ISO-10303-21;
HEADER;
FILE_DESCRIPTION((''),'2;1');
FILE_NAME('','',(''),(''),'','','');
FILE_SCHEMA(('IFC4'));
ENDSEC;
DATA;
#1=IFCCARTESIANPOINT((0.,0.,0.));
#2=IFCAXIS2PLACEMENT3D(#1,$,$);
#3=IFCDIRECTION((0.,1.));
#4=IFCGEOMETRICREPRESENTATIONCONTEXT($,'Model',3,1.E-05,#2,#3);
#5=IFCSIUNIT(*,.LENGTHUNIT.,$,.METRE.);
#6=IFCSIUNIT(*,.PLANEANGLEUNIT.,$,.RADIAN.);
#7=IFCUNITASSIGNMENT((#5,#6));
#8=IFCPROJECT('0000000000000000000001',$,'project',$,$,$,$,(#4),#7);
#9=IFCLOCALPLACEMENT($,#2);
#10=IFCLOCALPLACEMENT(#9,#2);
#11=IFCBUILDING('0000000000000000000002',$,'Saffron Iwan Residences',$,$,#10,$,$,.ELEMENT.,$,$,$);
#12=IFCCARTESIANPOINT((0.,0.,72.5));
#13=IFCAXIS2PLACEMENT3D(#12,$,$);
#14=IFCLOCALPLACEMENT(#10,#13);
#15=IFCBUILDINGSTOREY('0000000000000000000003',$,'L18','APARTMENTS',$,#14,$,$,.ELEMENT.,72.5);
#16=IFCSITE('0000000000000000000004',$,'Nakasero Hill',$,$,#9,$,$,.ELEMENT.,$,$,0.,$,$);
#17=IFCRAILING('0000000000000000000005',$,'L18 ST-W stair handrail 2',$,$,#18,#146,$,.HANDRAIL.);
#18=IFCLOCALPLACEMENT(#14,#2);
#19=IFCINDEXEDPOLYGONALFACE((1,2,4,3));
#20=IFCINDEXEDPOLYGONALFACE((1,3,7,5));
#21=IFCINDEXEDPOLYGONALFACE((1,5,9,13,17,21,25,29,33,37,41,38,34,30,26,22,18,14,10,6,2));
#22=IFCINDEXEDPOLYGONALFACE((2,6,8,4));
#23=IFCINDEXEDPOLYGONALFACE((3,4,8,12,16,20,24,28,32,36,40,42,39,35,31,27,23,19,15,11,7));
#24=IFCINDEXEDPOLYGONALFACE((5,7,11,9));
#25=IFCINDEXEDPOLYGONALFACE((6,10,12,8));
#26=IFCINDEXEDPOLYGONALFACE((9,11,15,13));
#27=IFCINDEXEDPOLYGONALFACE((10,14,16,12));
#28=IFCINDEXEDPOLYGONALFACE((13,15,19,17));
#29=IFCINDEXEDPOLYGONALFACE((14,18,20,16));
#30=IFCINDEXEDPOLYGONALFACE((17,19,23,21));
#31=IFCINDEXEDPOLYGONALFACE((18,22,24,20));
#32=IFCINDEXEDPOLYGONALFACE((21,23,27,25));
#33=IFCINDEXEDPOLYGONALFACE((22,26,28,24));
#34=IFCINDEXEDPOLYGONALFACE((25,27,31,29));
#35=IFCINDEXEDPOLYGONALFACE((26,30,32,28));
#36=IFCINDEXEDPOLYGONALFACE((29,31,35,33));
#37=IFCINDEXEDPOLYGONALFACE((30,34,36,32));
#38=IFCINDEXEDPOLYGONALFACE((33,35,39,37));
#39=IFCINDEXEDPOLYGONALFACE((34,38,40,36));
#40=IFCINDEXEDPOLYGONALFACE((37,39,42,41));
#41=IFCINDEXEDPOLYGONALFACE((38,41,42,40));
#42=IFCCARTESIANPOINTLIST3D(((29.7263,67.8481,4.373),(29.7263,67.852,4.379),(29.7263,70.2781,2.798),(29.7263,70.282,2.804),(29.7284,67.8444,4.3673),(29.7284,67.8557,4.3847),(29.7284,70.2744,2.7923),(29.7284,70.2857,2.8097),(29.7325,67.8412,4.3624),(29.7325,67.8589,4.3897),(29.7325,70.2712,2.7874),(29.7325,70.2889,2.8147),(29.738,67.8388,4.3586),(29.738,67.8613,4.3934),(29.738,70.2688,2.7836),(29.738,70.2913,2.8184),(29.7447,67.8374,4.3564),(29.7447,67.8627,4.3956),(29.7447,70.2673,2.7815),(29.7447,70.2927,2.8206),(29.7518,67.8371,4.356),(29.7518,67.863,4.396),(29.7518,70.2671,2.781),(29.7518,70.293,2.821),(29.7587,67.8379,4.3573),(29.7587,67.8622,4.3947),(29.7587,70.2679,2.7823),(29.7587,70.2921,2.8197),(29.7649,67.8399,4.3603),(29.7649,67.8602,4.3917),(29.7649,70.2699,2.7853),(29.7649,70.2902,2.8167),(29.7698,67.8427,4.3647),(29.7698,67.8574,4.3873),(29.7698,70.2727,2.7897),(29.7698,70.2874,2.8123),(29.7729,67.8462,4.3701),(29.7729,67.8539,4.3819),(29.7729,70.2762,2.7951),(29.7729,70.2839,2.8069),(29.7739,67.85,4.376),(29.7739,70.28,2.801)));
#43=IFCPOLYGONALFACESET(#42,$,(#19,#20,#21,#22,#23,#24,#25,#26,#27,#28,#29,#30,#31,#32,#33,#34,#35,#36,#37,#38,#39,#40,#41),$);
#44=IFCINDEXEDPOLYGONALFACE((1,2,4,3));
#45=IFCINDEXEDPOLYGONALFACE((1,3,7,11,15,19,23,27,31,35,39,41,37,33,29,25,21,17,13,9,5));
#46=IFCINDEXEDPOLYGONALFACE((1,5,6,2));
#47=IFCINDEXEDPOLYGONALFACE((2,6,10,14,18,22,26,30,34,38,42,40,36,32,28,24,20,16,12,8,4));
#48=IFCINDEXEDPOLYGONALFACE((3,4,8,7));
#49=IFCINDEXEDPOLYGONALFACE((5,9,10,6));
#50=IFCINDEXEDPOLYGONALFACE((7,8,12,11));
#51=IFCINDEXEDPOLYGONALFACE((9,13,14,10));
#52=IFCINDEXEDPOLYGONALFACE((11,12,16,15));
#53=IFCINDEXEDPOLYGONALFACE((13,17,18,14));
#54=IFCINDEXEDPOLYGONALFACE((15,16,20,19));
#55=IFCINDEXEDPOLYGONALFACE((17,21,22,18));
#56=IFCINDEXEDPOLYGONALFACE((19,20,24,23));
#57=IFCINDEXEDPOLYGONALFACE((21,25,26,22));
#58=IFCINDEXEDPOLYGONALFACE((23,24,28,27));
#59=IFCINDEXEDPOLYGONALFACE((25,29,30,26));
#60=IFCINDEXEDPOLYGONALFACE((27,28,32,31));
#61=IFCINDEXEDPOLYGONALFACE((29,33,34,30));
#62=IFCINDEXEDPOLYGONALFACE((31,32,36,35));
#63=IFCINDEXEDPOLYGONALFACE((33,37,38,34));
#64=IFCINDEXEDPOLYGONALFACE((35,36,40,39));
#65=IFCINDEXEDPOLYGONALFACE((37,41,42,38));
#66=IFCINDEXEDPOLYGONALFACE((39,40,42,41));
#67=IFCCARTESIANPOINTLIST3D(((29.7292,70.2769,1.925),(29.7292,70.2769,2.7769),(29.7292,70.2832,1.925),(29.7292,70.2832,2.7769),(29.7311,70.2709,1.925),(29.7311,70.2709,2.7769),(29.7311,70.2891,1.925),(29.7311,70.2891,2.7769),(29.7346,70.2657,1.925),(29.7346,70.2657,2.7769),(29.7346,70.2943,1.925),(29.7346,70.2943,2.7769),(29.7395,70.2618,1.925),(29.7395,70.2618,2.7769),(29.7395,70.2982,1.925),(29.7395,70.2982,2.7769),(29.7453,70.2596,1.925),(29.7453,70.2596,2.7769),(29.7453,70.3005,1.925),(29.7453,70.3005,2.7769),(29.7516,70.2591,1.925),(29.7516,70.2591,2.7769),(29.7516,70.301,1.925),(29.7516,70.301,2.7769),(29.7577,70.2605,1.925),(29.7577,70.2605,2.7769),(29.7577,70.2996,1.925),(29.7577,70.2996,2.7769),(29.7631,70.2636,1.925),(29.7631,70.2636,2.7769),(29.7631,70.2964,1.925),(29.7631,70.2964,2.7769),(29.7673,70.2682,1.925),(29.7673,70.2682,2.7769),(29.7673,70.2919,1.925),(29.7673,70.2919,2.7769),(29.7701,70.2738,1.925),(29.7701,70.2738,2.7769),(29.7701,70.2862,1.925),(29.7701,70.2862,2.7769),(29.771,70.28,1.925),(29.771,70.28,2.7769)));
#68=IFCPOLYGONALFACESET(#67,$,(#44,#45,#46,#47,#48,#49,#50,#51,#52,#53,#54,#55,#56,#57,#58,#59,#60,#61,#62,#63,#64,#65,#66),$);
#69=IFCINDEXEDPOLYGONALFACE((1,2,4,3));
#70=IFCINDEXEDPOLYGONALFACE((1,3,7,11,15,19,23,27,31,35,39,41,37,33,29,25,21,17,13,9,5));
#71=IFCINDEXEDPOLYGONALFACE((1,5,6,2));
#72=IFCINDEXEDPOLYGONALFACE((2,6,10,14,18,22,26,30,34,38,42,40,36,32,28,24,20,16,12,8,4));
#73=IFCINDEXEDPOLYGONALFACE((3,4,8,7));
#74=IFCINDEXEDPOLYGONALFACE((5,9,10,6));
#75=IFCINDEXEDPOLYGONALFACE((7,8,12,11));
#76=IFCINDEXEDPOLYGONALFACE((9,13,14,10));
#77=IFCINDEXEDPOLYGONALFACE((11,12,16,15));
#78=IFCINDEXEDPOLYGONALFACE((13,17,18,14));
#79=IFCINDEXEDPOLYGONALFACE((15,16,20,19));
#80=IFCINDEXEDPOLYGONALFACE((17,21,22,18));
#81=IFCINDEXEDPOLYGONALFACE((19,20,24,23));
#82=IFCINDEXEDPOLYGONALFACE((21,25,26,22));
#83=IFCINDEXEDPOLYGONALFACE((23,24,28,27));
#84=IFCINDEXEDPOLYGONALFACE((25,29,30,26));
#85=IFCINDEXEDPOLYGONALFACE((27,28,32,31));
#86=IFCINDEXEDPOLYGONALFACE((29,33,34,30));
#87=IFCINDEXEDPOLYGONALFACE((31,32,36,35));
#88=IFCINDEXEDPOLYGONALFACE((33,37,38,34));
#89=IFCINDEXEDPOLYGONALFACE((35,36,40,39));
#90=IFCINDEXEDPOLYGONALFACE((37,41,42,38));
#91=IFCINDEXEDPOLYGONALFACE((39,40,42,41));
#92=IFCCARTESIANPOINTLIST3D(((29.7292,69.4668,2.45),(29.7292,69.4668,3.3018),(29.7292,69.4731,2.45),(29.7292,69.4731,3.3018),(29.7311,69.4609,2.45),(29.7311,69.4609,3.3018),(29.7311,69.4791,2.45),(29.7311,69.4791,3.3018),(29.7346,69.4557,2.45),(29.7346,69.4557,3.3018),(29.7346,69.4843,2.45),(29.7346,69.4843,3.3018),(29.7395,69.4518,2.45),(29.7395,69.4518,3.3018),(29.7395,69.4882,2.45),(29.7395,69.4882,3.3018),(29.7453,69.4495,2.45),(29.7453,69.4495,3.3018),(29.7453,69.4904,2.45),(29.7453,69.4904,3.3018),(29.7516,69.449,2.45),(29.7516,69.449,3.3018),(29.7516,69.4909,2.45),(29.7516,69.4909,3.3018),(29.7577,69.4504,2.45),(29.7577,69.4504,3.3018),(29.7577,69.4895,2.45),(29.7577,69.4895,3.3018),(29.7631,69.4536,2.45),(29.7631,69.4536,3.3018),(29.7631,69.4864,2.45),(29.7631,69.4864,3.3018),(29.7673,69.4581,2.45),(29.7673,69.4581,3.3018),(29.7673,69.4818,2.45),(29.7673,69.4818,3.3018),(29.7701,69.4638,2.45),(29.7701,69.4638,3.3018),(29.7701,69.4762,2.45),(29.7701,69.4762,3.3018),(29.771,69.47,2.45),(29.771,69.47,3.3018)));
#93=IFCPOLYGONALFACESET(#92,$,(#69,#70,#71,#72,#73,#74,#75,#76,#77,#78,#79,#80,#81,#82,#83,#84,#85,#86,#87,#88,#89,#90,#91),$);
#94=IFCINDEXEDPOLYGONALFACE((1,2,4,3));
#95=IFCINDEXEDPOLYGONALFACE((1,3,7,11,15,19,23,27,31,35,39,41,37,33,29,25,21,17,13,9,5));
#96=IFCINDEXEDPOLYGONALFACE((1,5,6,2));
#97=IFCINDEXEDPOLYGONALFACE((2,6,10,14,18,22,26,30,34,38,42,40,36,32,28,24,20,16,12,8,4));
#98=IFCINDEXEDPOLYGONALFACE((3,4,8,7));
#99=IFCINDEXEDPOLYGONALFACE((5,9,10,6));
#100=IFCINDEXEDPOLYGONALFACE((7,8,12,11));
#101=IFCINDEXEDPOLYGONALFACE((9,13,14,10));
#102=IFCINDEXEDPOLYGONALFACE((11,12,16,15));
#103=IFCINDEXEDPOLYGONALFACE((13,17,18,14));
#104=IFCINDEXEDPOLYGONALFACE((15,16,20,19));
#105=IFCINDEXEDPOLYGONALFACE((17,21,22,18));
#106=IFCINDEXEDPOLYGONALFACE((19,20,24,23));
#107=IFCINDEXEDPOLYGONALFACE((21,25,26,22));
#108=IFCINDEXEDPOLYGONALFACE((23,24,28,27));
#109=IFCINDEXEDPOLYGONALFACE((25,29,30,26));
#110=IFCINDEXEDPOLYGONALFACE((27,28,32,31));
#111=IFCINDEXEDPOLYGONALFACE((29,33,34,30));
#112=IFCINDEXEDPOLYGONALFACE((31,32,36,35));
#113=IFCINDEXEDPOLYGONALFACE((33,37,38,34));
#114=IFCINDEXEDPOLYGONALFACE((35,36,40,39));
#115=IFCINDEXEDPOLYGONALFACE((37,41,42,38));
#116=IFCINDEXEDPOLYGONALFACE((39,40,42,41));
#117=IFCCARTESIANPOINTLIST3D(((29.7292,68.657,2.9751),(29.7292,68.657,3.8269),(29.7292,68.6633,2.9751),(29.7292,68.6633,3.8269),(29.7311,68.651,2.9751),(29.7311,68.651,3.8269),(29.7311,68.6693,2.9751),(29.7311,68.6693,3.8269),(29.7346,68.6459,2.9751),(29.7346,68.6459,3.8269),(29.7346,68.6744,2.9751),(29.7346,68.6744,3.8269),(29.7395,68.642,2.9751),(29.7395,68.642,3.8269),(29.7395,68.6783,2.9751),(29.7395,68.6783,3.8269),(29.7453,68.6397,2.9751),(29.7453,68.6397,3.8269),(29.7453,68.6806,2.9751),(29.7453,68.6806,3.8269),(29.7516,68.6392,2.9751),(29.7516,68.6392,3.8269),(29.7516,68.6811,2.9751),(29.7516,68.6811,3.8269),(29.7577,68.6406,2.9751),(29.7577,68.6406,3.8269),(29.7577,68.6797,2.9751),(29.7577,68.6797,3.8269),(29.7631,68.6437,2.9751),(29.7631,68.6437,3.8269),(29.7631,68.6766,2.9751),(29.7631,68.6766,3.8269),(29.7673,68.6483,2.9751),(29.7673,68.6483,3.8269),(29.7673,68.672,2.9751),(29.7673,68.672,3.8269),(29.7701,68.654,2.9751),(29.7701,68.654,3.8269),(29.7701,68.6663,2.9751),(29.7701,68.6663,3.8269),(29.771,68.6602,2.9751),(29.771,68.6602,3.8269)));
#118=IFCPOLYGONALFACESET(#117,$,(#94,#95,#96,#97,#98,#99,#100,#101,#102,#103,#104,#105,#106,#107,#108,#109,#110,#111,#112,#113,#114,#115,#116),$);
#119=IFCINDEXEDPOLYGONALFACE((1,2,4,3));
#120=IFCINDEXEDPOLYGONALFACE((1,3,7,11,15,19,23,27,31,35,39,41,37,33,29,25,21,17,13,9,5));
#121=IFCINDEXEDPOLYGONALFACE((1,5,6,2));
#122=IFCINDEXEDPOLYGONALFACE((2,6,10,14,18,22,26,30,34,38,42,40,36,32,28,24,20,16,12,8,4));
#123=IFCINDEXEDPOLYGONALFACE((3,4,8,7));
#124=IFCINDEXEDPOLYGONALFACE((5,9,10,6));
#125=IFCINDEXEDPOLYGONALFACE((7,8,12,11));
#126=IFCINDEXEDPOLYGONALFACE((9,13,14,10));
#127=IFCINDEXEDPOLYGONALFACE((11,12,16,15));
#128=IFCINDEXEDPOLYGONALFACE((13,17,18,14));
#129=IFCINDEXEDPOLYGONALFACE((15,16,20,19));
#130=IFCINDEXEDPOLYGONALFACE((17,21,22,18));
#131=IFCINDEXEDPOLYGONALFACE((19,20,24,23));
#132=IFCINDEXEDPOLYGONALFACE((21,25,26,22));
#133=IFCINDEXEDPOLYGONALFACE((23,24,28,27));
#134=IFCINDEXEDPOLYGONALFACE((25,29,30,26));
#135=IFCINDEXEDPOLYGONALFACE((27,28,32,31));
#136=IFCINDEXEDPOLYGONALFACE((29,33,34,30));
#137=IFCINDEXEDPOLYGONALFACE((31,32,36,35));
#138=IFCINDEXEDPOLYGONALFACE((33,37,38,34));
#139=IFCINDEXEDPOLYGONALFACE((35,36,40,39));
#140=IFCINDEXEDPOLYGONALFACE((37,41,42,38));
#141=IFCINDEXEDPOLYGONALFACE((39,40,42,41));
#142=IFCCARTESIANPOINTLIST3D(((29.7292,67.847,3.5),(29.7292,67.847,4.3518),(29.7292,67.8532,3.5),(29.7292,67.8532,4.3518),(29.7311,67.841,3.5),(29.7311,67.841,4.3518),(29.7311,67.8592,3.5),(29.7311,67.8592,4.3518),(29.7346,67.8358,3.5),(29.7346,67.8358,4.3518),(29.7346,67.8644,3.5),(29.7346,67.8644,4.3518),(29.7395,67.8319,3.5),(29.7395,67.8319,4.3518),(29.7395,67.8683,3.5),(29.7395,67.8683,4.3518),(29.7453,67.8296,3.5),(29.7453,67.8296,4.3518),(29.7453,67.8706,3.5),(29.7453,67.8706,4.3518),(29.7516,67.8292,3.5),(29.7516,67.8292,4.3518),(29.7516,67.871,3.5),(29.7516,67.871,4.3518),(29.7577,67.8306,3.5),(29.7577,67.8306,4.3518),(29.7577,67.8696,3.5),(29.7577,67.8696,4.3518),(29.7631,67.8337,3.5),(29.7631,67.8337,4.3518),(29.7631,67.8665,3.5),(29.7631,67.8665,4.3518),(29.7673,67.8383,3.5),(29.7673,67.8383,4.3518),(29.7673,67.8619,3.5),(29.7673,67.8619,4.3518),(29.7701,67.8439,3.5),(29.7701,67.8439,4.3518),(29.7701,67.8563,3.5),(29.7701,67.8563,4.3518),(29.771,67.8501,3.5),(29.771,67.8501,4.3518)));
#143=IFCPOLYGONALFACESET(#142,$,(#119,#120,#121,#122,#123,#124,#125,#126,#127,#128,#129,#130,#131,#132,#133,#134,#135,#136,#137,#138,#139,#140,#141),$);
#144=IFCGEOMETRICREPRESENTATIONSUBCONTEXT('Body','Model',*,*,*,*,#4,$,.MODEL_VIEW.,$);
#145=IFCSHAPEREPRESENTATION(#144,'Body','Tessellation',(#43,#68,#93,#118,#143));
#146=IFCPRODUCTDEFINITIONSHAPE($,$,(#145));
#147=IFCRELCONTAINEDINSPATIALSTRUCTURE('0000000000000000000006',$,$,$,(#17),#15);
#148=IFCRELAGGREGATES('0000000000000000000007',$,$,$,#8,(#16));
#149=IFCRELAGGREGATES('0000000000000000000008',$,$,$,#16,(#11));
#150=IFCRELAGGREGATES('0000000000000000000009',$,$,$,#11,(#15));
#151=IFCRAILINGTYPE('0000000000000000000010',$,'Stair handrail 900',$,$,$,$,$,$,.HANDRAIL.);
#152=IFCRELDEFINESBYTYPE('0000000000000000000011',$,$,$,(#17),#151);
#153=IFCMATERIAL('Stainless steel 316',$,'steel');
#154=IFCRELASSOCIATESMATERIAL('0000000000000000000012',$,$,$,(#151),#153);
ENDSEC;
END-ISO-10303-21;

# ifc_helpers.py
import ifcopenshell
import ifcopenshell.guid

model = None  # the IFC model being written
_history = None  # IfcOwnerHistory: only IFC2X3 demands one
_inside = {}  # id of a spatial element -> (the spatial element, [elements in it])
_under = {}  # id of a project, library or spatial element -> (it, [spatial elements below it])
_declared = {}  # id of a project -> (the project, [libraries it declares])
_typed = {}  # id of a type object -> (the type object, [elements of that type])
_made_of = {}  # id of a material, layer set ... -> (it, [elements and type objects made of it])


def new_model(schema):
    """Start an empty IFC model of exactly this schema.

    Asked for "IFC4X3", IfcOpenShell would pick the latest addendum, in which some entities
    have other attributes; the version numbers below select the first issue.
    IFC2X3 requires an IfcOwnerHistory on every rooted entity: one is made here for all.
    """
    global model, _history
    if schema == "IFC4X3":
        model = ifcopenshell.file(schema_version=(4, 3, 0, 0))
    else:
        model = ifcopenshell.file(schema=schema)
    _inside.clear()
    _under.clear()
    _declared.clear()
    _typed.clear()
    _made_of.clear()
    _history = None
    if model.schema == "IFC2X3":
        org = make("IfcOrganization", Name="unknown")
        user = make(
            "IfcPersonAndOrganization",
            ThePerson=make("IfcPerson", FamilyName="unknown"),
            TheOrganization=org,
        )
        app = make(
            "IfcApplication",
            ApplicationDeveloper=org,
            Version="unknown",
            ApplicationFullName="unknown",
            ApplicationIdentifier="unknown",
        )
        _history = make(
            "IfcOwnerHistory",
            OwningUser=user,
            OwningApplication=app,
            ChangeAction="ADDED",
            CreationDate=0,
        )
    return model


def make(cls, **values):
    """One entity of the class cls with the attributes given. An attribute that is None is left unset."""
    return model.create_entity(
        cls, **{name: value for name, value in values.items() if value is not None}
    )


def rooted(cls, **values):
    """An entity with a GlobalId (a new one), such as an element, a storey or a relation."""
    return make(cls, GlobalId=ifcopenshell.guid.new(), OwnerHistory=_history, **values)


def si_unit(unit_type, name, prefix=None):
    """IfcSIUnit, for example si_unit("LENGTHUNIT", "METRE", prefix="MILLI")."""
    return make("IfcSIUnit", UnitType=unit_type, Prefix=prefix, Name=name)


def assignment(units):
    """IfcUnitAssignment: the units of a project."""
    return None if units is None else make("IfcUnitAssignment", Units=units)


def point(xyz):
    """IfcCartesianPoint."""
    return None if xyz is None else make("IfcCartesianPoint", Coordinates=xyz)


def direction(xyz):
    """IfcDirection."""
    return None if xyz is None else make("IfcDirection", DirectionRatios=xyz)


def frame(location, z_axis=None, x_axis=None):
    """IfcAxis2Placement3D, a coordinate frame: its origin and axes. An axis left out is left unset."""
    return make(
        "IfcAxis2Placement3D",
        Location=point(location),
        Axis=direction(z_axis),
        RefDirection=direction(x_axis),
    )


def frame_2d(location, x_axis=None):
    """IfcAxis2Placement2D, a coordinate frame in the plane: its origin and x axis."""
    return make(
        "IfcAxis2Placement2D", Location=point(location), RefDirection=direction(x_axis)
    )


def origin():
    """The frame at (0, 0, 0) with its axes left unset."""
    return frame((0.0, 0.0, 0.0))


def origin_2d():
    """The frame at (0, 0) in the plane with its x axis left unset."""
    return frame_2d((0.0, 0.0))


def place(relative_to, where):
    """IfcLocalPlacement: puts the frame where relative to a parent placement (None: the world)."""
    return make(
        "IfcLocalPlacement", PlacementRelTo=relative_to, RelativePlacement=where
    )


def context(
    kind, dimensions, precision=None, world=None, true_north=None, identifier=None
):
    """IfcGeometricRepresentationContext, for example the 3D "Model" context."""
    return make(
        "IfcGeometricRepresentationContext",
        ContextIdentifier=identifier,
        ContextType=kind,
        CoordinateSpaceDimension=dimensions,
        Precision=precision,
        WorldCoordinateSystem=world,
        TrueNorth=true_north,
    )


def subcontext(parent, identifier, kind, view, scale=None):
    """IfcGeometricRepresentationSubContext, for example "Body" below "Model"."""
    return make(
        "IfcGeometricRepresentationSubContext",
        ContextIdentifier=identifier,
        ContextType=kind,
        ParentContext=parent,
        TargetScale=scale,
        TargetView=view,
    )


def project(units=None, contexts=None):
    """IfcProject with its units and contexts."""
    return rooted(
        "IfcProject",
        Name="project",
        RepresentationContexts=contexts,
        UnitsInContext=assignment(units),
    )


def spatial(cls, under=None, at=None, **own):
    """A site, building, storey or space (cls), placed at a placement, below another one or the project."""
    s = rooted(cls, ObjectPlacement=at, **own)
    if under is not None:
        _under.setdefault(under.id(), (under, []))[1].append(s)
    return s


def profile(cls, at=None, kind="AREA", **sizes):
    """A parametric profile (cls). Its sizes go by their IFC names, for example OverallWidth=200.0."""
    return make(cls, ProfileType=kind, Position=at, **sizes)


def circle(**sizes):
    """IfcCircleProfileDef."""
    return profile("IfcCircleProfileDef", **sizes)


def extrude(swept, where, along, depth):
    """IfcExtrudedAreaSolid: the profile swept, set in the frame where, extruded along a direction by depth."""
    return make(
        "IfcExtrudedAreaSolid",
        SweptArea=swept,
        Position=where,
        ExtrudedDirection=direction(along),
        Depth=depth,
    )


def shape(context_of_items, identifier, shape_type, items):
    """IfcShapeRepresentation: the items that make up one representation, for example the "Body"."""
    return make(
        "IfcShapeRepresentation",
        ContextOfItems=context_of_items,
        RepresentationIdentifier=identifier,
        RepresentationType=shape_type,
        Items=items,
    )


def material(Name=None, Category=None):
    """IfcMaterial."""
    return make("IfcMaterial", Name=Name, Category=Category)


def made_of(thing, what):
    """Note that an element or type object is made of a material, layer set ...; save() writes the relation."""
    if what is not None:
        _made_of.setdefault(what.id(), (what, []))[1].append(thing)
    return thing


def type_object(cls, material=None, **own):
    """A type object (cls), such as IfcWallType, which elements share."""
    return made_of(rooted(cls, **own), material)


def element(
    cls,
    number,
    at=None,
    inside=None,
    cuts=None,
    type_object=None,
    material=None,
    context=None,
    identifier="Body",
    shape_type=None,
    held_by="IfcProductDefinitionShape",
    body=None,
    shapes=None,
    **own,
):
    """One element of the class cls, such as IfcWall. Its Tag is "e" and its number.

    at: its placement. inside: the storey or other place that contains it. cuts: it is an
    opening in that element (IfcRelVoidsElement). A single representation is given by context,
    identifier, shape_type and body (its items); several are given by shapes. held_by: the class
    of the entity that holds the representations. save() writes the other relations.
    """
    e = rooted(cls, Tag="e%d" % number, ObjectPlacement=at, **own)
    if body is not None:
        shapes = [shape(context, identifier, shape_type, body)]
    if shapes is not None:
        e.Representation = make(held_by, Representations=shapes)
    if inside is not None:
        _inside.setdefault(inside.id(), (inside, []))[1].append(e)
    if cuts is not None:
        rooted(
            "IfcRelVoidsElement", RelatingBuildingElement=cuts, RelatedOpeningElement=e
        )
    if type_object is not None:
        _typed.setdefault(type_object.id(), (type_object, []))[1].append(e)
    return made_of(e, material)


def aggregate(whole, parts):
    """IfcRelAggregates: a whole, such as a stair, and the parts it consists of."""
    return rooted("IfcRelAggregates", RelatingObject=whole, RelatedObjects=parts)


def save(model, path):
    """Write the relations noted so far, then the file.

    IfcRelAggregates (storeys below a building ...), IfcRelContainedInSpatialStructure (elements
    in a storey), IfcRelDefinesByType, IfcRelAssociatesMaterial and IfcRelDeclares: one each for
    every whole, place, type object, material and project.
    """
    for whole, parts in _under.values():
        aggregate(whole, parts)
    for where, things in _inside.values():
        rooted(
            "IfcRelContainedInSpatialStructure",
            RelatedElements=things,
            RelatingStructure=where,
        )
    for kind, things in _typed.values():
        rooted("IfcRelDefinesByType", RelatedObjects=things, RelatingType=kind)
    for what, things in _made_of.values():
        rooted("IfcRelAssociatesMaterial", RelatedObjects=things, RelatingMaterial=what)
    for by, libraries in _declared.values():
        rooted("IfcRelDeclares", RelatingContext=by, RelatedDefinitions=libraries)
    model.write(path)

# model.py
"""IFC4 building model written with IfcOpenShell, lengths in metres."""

from ifc_helpers import new_model, si_unit, direction, frame, origin, origin_2d, place, context, subcontext, project, spatial, circle, extrude, material, type_object, element, save


model = new_model("IFC4")

# Units and contexts
model_context = context("Model", 3, precision=1e-05, world=origin(), true_north=direction((0.0, 1.0)))
body_context = subcontext(model_context, "Body", "Model", "MODEL_VIEW")
ifc_project = project(units=[si_unit("LENGTHUNIT", "METRE"), si_unit("PLANEANGLEUNIT", "RADIAN")], contexts=[model_context])

# Site, building, storey
site_placement = place(None, origin())
site = spatial("IfcSite", under=ifc_project, at=site_placement, Name="Nakasero Hill", CompositionType="ELEMENT", RefElevation=0.0)
building_placement = place(site_placement, origin())
building = spatial("IfcBuilding", under=site, at=building_placement, Name="Saffron Iwan Residences", CompositionType="ELEMENT")
storey_placement = place(building_placement, frame((0.0, 0.0, 72.5)))
storey = spatial("IfcBuildingStorey", under=building, at=storey_placement, Name="L18", Description="APARTMENTS", CompositionType="ELEMENT", Elevation=72.5)

# Railing
ifc_material_1 = material(Name="Stainless steel 316", Category="steel")
railing_type_1 = type_object("IfcRailingType", Name="Stair handrail 900", PredefinedType="HANDRAIL", material=ifc_material_1)
railing_1_placement = place(storey_placement, frame((29.75, 70.28, 1.925)))
element("IfcRailing", 1, at=railing_1_placement, inside=storey, type_object=railing_type_1, Name="L18 ST-W stair handrail 2", PredefinedType="HANDRAIL", context=body_context, shape_type="SweptSolid", body=[
    extrude(circle(Radius=0.0239, at=origin_2d()), frame((0.0, 0.0, 0.876), z_axis=(0.0, -0.839154, 0.543894), x_axis=(1.0, 0.0, 0.0)), (0.0, 0.0, 1.0), 2.8958),
    extrude(circle(Radius=0.021, at=origin_2d()), origin(), (0.0, 0.0, 1.0), 0.8518),
    extrude(circle(Radius=0.021, at=origin_2d()), frame((0.0, -0.8101, 0.5249)), (0.0, 0.0, 1.0), 0.8518),
    extrude(circle(Radius=0.021, at=origin_2d()), frame((0.0, -1.6199, 1.05)), (0.0, 0.0, 1.0), 0.8518),
    extrude(circle(Radius=0.021, at=origin_2d()), frame((0.0, -2.4299, 1.575)), (0.0, 0.0, 1.0), 0.8518),
])

save(model, "model.ifc")
